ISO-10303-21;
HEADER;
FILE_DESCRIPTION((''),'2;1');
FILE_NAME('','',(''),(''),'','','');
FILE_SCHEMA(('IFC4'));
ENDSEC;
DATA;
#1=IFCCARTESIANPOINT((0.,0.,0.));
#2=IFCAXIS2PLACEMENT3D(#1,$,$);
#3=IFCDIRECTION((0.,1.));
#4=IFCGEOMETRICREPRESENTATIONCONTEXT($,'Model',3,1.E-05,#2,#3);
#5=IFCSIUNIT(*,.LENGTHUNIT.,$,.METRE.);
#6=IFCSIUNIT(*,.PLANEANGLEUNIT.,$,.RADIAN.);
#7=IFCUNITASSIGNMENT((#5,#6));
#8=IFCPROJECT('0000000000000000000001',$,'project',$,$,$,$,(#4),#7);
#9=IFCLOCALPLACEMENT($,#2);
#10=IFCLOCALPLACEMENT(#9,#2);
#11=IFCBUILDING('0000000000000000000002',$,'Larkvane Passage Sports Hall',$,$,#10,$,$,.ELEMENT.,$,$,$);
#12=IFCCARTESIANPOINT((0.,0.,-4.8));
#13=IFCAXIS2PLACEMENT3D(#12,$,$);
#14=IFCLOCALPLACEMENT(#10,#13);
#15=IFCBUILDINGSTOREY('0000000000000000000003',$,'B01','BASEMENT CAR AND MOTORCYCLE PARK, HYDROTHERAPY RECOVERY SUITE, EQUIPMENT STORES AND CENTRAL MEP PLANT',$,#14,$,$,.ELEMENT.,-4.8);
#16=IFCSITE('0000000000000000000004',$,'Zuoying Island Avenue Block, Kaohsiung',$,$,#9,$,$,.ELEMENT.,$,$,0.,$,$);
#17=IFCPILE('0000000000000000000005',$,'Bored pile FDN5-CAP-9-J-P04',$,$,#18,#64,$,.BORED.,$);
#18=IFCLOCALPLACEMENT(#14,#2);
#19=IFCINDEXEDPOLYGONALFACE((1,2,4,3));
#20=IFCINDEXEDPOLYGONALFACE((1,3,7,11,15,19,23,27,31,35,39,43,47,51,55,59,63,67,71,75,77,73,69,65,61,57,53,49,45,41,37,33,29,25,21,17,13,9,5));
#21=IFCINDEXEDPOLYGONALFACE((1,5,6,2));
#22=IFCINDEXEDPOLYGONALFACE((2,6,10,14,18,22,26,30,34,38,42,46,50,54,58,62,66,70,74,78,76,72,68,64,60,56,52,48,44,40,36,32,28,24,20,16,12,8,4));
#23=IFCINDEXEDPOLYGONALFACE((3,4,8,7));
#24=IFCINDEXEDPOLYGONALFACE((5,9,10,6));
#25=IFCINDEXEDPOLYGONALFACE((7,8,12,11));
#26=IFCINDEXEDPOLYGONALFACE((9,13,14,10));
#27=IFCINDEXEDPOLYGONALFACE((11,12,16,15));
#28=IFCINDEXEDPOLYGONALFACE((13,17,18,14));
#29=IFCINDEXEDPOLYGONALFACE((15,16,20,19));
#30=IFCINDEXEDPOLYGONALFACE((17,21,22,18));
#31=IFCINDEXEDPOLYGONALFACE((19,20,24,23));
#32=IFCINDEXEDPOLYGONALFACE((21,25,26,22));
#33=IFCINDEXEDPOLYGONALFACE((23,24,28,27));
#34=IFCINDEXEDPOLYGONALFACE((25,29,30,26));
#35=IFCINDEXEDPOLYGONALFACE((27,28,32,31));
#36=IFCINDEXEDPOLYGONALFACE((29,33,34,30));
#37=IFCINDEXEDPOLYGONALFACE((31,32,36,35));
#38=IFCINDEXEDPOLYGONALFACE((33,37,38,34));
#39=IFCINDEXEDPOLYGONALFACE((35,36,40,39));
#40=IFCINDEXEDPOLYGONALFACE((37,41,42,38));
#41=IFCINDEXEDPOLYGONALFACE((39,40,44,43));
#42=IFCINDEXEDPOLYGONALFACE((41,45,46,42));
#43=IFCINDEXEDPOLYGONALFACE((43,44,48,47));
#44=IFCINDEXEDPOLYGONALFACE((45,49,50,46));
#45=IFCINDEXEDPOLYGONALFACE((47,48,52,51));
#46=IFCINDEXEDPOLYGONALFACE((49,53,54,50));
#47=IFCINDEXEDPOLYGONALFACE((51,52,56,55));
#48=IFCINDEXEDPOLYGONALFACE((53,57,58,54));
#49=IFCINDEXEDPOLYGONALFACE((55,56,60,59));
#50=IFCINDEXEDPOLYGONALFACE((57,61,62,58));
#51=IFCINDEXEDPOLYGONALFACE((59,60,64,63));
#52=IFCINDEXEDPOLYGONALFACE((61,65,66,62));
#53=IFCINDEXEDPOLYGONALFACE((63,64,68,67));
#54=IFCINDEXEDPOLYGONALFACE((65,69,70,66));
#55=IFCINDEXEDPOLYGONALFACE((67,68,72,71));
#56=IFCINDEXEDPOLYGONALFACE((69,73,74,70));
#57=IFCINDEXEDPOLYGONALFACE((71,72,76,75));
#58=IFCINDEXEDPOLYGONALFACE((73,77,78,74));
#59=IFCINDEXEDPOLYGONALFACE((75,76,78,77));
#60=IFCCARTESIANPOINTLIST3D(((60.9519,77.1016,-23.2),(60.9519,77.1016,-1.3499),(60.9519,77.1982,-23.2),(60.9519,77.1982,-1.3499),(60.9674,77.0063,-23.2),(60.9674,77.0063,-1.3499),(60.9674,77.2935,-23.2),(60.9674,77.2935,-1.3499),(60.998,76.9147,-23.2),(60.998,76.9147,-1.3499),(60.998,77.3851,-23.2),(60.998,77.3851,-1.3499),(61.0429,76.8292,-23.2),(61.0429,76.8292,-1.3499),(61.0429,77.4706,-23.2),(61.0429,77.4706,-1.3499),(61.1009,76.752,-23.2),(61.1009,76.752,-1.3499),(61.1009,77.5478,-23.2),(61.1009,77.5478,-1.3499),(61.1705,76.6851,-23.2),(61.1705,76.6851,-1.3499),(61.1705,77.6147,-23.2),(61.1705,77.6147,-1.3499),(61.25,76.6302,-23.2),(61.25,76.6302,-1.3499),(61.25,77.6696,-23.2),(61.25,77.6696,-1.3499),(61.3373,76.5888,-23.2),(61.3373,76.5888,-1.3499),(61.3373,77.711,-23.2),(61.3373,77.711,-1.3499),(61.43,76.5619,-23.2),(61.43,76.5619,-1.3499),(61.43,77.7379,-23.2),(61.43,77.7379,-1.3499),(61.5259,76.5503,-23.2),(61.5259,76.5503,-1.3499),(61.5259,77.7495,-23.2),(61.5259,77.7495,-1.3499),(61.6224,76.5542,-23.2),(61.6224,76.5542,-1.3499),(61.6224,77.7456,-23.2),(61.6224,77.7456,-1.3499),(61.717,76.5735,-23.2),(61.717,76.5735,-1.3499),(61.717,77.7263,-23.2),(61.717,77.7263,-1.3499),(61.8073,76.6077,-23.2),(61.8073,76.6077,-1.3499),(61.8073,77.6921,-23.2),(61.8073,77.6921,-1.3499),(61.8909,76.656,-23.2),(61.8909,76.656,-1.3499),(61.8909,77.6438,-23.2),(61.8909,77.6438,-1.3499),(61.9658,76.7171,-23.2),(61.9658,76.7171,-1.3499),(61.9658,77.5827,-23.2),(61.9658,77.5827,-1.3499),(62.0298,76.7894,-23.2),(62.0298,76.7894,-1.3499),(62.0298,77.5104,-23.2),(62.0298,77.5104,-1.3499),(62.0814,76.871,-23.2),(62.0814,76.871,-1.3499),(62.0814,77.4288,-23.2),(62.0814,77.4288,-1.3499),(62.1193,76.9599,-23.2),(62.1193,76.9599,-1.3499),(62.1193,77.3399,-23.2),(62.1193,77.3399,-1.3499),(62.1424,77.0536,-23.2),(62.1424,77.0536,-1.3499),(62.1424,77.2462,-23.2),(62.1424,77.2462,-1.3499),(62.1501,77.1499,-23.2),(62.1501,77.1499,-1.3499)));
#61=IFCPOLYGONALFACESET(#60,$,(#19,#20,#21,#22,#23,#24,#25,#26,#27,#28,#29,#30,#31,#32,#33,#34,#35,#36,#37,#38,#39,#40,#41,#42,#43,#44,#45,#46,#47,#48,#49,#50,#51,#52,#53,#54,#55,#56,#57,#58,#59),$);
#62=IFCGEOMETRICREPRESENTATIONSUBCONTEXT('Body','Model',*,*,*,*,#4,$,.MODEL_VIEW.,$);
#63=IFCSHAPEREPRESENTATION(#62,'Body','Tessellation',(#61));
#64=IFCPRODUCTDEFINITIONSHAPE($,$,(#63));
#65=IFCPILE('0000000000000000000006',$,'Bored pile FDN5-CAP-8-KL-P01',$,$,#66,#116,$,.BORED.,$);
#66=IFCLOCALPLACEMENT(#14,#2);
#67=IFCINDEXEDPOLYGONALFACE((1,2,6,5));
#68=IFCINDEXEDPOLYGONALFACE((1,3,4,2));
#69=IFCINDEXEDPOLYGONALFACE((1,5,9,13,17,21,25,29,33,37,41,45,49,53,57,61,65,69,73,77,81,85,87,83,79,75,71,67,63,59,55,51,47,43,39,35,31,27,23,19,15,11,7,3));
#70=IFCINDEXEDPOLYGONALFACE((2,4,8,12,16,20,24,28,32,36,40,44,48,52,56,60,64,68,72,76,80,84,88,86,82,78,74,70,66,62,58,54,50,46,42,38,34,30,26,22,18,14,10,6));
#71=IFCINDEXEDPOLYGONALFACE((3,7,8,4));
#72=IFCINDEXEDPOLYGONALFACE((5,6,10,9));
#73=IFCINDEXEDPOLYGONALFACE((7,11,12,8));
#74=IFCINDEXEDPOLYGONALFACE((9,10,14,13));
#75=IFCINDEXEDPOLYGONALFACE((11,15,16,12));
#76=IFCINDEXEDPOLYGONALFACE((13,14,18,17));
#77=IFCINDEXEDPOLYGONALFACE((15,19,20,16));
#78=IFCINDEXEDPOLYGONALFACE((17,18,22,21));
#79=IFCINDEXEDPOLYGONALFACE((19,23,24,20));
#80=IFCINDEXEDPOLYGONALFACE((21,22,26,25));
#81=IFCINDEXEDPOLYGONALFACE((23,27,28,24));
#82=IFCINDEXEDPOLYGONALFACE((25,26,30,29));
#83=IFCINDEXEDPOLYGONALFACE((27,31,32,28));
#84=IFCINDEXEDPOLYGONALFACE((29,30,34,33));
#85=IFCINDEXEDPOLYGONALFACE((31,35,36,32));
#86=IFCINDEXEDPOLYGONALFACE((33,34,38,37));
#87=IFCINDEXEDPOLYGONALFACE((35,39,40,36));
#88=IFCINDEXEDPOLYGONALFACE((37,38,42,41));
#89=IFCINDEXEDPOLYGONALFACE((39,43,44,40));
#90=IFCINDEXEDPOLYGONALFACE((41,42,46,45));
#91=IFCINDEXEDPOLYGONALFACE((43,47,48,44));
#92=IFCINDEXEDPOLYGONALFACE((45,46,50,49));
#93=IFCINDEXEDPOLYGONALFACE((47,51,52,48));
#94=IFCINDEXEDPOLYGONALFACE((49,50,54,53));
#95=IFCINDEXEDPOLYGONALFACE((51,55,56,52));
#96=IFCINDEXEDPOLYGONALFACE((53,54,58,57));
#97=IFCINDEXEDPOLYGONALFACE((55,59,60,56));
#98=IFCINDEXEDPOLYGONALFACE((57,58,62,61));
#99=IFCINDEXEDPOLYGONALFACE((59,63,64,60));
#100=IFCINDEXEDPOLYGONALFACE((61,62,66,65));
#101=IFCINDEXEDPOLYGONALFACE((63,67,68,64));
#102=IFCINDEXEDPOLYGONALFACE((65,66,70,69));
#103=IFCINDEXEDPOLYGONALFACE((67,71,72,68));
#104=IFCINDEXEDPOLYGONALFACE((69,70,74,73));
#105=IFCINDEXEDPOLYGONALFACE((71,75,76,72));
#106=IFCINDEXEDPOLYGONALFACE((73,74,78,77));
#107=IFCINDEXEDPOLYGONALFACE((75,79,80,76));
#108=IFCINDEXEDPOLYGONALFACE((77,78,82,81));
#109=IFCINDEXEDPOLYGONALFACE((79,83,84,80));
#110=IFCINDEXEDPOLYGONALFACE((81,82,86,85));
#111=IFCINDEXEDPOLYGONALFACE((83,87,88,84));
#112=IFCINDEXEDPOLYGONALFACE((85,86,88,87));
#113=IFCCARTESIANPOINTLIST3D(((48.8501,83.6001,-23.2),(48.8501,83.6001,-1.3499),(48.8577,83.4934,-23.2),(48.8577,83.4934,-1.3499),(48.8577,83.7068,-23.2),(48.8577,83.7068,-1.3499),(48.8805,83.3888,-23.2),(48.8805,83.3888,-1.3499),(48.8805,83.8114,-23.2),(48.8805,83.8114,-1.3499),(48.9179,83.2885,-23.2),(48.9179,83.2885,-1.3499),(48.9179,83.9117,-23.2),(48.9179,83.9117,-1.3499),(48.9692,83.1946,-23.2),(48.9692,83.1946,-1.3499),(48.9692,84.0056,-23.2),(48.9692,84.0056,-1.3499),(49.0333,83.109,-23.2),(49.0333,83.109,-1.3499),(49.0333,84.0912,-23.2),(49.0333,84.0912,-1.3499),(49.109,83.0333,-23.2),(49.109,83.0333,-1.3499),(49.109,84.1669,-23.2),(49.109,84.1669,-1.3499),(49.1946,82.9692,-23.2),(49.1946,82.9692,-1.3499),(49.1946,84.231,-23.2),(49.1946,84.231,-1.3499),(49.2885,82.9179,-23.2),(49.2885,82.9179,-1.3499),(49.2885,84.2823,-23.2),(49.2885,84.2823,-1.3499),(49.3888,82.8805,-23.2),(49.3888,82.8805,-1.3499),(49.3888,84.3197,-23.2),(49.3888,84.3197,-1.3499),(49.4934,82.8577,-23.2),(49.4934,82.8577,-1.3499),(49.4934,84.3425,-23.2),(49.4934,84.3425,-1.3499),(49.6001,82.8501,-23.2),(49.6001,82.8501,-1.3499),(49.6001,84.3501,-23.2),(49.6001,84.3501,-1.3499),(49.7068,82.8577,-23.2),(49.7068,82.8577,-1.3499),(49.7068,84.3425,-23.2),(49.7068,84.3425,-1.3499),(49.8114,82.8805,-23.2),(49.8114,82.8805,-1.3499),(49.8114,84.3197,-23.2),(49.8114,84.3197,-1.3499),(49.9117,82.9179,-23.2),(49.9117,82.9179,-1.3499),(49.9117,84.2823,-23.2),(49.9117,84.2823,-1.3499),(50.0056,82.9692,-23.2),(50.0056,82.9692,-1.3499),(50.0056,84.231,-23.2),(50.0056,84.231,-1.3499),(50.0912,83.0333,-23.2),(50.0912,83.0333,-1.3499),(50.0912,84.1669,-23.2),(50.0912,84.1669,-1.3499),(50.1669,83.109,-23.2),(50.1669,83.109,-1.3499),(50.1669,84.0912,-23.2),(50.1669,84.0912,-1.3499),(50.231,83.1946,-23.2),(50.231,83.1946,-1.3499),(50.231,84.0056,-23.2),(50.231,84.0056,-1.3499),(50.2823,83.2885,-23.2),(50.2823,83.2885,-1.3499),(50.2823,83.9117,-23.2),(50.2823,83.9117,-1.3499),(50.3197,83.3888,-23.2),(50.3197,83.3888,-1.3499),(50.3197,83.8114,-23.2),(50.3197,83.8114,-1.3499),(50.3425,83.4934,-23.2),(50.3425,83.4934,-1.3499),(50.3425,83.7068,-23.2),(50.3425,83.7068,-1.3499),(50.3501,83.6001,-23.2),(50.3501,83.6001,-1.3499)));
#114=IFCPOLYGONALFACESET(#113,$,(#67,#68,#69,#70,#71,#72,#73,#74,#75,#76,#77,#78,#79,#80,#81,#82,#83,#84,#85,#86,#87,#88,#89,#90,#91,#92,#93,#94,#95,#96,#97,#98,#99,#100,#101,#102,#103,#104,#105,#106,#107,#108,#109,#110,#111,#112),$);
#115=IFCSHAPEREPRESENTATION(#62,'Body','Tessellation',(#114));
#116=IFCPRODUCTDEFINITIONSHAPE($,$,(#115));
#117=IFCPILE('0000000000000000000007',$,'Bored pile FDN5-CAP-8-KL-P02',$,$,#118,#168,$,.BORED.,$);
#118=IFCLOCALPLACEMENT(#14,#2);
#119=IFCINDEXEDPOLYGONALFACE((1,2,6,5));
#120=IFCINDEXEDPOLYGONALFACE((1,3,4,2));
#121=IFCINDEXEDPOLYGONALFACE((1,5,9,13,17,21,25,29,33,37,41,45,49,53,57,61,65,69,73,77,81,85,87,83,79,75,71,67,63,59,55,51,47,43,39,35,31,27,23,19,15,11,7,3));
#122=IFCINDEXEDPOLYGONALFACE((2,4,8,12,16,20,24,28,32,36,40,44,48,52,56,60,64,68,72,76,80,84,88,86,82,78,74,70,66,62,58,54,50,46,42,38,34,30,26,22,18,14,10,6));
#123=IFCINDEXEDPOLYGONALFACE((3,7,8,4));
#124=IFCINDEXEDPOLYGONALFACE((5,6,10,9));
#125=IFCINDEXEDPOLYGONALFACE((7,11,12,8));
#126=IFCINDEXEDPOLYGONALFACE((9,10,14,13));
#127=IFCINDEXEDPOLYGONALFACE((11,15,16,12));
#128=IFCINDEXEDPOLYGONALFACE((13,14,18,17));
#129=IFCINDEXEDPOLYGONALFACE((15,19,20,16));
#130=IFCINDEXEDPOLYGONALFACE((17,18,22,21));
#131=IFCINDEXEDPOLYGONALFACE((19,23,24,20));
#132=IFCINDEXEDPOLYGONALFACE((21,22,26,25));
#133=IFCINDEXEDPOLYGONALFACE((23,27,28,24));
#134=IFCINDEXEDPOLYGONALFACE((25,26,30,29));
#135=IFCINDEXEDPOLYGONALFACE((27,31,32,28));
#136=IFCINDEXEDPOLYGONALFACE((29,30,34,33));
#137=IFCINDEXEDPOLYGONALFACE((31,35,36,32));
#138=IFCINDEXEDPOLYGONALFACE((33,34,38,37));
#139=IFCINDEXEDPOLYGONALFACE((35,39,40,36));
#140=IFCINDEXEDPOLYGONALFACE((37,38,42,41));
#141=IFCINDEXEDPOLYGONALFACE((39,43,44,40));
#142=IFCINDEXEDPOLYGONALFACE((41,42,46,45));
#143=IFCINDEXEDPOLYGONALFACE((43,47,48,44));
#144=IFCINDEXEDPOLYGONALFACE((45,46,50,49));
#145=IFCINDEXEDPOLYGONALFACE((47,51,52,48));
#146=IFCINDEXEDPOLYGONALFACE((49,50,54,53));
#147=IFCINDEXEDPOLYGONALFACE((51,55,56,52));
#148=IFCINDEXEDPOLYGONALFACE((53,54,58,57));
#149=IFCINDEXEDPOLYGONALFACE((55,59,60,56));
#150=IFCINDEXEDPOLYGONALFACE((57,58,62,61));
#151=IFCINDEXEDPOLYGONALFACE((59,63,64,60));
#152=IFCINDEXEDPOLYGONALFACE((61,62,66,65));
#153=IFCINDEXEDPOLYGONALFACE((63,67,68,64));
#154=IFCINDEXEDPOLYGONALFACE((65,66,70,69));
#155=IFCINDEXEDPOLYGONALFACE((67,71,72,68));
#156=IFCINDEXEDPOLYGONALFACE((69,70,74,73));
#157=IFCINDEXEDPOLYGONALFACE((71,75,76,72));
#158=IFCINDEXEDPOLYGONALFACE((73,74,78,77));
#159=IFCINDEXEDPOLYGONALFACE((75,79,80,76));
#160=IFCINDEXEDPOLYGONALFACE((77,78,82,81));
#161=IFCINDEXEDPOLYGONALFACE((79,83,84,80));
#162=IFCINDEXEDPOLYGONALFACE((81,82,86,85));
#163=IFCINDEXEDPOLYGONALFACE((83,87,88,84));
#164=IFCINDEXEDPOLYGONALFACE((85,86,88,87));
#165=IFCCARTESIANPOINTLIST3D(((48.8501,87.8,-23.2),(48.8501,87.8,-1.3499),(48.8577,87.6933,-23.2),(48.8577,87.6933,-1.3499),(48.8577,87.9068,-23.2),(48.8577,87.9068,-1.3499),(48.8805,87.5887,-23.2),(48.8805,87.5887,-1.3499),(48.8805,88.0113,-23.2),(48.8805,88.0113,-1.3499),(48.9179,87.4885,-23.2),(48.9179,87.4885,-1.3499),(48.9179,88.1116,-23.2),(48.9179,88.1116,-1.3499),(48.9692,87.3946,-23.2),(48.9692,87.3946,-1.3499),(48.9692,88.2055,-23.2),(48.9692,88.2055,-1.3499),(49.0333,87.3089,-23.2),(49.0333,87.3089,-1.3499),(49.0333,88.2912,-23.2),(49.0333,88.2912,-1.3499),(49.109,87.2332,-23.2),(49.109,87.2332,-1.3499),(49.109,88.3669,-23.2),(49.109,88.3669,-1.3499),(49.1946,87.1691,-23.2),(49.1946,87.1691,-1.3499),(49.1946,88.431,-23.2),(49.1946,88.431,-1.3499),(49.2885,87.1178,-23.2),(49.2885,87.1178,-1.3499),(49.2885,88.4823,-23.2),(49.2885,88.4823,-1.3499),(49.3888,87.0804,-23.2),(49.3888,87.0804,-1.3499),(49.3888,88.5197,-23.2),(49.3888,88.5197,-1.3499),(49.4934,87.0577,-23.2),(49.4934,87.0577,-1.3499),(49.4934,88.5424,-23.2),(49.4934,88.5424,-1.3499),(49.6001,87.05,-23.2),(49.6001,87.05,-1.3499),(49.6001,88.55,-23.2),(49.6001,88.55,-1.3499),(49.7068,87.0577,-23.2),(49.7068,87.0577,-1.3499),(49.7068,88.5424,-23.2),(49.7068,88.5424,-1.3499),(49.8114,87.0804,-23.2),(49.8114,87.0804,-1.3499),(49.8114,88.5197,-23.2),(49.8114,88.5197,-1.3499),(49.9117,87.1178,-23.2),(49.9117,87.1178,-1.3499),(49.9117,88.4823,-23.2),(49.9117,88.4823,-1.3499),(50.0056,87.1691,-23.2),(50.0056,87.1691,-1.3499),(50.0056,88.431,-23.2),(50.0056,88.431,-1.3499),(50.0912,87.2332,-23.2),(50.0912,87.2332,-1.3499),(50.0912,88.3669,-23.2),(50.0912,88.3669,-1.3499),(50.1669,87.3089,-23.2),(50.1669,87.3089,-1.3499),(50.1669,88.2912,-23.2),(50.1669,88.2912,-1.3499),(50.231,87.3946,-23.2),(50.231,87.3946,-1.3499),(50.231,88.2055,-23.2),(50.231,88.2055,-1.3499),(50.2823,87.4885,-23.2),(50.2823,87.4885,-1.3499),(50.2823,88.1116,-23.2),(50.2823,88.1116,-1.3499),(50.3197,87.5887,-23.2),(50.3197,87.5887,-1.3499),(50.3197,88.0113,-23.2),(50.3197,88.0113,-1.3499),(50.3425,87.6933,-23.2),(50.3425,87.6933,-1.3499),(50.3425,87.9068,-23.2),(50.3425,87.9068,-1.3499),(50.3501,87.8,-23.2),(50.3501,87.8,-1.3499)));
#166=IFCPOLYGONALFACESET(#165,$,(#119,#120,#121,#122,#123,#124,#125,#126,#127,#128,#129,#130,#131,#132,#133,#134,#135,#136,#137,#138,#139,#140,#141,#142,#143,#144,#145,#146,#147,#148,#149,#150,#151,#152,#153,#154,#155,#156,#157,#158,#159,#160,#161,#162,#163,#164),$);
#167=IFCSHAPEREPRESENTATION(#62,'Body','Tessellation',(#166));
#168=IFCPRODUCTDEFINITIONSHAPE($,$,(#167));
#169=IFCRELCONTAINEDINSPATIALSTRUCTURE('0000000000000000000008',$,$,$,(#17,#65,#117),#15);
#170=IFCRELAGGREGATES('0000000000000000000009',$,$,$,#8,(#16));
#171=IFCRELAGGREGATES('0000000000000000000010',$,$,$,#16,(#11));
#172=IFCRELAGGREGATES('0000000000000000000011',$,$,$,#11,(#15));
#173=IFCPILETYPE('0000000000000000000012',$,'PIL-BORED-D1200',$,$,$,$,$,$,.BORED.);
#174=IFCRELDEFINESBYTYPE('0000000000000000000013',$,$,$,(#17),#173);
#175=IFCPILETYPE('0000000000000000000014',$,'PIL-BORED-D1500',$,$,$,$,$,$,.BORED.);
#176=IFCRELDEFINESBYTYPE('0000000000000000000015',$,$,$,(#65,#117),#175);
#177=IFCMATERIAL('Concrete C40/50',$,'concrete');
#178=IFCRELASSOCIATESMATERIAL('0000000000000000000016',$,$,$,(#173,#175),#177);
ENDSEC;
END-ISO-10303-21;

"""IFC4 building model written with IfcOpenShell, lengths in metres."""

from ifc_helpers import new_model, si_unit, direction, frame, origin, origin_2d, place, context, subcontext, project, spatial, circle, extrude, material, material_profile, profile_set, type_object, element, save


model = new_model("IFC4")

# Units and contexts
model_context = context("Model", 3, precision=1e-05, world=origin(), true_north=direction((0.0, 1.0)))
body_context = subcontext(model_context, "Body", "Model", "MODEL_VIEW")
ifc_project = project(units=[si_unit("LENGTHUNIT", "METRE"), si_unit("PLANEANGLEUNIT", "RADIAN")], contexts=[model_context])

# Site, building, storey
site_placement = place(None, origin())
site = spatial("IfcSite", under=ifc_project, at=site_placement, Name="Zuoying Island Avenue Block, Kaohsiung", CompositionType="ELEMENT", RefElevation=0.0)
building_placement = place(site_placement, origin())
building = spatial("IfcBuilding", under=site, at=building_placement, Name="Larkvane Passage Sports Hall", CompositionType="ELEMENT")
storey_placement = place(building_placement, frame((0.0, 0.0, -4.8)))
storey = spatial("IfcBuildingStorey", under=building, at=storey_placement, Name="B01", Description="BASEMENT CAR AND MOTORCYCLE PARK, HYDROTHERAPY RECOVERY SUITE, EQUIPMENT STORES AND CENTRAL MEP PLANT", CompositionType="ELEMENT", Elevation=-4.8)

# Shared definitions
ifc_material_1 = material(Name="Concrete C40/50", Category="concrete")

# Piles
ifc_material_profile_1 = material_profile(ifc_material_1, circle(Radius=0.6001, at=origin_2d()), Name="PILE-D1200")
ifc_profile_set_1 = profile_set([ifc_material_profile_1], Name="Concrete C40/50")
pile_type_1 = type_object("IfcPileType", Name="PIL-BORED-D1200", PredefinedType="BORED", material=ifc_profile_set_1)
for number, where, z_axis, x_axis, name in (
    (1, (61.55, 77.1499, -1.3499), (0.0, 0.0, -1.0), (1.0, 0.0, 0.0), "Bored pile FDN5-CAP-9-J-P04"),
):
    element("IfcPile", number, at=place(storey_placement, frame(where, z_axis=z_axis, x_axis=x_axis)), inside=storey, type_object=pile_type_1, Name=name, PredefinedType="BORED", context=body_context, shape_type="SweptSolid", body=[
        extrude(circle(Radius=0.6001, at=origin_2d()), origin(), (0.0, 0.0, 1.0), 21.8501),
    ])
ifc_material_profile_2 = material_profile(ifc_material_1, circle(Radius=0.75, at=origin_2d()), Name="PILE-D1500")
ifc_profile_set_2 = profile_set([ifc_material_profile_2], Name="Concrete C40/50")
pile_type_2 = type_object("IfcPileType", Name="PIL-BORED-D1500", PredefinedType="BORED", material=ifc_profile_set_2)
for number, where, z_axis, x_axis, name in (
    (2, (49.6001, 83.6001, -1.3499), (0.0, 0.0, -1.0), (1.0, 0.0, 0.0), "Bored pile FDN5-CAP-8-KL-P01"),
    (3, (49.6001, 87.8, -1.3499), (0.0, 0.0, -1.0), (1.0, 0.0, 0.0), "Bored pile FDN5-CAP-8-KL-P02"),
):
    element("IfcPile", number, at=place(storey_placement, frame(where, z_axis=z_axis, x_axis=x_axis)), inside=storey, type_object=pile_type_2, Name=name, PredefinedType="BORED", context=body_context, shape_type="SweptSolid", body=[
        extrude(circle(Radius=0.75, at=origin_2d()), origin(), (0.0, 0.0, 1.0), 21.8501),
    ])

save(model, "model.ifc")
